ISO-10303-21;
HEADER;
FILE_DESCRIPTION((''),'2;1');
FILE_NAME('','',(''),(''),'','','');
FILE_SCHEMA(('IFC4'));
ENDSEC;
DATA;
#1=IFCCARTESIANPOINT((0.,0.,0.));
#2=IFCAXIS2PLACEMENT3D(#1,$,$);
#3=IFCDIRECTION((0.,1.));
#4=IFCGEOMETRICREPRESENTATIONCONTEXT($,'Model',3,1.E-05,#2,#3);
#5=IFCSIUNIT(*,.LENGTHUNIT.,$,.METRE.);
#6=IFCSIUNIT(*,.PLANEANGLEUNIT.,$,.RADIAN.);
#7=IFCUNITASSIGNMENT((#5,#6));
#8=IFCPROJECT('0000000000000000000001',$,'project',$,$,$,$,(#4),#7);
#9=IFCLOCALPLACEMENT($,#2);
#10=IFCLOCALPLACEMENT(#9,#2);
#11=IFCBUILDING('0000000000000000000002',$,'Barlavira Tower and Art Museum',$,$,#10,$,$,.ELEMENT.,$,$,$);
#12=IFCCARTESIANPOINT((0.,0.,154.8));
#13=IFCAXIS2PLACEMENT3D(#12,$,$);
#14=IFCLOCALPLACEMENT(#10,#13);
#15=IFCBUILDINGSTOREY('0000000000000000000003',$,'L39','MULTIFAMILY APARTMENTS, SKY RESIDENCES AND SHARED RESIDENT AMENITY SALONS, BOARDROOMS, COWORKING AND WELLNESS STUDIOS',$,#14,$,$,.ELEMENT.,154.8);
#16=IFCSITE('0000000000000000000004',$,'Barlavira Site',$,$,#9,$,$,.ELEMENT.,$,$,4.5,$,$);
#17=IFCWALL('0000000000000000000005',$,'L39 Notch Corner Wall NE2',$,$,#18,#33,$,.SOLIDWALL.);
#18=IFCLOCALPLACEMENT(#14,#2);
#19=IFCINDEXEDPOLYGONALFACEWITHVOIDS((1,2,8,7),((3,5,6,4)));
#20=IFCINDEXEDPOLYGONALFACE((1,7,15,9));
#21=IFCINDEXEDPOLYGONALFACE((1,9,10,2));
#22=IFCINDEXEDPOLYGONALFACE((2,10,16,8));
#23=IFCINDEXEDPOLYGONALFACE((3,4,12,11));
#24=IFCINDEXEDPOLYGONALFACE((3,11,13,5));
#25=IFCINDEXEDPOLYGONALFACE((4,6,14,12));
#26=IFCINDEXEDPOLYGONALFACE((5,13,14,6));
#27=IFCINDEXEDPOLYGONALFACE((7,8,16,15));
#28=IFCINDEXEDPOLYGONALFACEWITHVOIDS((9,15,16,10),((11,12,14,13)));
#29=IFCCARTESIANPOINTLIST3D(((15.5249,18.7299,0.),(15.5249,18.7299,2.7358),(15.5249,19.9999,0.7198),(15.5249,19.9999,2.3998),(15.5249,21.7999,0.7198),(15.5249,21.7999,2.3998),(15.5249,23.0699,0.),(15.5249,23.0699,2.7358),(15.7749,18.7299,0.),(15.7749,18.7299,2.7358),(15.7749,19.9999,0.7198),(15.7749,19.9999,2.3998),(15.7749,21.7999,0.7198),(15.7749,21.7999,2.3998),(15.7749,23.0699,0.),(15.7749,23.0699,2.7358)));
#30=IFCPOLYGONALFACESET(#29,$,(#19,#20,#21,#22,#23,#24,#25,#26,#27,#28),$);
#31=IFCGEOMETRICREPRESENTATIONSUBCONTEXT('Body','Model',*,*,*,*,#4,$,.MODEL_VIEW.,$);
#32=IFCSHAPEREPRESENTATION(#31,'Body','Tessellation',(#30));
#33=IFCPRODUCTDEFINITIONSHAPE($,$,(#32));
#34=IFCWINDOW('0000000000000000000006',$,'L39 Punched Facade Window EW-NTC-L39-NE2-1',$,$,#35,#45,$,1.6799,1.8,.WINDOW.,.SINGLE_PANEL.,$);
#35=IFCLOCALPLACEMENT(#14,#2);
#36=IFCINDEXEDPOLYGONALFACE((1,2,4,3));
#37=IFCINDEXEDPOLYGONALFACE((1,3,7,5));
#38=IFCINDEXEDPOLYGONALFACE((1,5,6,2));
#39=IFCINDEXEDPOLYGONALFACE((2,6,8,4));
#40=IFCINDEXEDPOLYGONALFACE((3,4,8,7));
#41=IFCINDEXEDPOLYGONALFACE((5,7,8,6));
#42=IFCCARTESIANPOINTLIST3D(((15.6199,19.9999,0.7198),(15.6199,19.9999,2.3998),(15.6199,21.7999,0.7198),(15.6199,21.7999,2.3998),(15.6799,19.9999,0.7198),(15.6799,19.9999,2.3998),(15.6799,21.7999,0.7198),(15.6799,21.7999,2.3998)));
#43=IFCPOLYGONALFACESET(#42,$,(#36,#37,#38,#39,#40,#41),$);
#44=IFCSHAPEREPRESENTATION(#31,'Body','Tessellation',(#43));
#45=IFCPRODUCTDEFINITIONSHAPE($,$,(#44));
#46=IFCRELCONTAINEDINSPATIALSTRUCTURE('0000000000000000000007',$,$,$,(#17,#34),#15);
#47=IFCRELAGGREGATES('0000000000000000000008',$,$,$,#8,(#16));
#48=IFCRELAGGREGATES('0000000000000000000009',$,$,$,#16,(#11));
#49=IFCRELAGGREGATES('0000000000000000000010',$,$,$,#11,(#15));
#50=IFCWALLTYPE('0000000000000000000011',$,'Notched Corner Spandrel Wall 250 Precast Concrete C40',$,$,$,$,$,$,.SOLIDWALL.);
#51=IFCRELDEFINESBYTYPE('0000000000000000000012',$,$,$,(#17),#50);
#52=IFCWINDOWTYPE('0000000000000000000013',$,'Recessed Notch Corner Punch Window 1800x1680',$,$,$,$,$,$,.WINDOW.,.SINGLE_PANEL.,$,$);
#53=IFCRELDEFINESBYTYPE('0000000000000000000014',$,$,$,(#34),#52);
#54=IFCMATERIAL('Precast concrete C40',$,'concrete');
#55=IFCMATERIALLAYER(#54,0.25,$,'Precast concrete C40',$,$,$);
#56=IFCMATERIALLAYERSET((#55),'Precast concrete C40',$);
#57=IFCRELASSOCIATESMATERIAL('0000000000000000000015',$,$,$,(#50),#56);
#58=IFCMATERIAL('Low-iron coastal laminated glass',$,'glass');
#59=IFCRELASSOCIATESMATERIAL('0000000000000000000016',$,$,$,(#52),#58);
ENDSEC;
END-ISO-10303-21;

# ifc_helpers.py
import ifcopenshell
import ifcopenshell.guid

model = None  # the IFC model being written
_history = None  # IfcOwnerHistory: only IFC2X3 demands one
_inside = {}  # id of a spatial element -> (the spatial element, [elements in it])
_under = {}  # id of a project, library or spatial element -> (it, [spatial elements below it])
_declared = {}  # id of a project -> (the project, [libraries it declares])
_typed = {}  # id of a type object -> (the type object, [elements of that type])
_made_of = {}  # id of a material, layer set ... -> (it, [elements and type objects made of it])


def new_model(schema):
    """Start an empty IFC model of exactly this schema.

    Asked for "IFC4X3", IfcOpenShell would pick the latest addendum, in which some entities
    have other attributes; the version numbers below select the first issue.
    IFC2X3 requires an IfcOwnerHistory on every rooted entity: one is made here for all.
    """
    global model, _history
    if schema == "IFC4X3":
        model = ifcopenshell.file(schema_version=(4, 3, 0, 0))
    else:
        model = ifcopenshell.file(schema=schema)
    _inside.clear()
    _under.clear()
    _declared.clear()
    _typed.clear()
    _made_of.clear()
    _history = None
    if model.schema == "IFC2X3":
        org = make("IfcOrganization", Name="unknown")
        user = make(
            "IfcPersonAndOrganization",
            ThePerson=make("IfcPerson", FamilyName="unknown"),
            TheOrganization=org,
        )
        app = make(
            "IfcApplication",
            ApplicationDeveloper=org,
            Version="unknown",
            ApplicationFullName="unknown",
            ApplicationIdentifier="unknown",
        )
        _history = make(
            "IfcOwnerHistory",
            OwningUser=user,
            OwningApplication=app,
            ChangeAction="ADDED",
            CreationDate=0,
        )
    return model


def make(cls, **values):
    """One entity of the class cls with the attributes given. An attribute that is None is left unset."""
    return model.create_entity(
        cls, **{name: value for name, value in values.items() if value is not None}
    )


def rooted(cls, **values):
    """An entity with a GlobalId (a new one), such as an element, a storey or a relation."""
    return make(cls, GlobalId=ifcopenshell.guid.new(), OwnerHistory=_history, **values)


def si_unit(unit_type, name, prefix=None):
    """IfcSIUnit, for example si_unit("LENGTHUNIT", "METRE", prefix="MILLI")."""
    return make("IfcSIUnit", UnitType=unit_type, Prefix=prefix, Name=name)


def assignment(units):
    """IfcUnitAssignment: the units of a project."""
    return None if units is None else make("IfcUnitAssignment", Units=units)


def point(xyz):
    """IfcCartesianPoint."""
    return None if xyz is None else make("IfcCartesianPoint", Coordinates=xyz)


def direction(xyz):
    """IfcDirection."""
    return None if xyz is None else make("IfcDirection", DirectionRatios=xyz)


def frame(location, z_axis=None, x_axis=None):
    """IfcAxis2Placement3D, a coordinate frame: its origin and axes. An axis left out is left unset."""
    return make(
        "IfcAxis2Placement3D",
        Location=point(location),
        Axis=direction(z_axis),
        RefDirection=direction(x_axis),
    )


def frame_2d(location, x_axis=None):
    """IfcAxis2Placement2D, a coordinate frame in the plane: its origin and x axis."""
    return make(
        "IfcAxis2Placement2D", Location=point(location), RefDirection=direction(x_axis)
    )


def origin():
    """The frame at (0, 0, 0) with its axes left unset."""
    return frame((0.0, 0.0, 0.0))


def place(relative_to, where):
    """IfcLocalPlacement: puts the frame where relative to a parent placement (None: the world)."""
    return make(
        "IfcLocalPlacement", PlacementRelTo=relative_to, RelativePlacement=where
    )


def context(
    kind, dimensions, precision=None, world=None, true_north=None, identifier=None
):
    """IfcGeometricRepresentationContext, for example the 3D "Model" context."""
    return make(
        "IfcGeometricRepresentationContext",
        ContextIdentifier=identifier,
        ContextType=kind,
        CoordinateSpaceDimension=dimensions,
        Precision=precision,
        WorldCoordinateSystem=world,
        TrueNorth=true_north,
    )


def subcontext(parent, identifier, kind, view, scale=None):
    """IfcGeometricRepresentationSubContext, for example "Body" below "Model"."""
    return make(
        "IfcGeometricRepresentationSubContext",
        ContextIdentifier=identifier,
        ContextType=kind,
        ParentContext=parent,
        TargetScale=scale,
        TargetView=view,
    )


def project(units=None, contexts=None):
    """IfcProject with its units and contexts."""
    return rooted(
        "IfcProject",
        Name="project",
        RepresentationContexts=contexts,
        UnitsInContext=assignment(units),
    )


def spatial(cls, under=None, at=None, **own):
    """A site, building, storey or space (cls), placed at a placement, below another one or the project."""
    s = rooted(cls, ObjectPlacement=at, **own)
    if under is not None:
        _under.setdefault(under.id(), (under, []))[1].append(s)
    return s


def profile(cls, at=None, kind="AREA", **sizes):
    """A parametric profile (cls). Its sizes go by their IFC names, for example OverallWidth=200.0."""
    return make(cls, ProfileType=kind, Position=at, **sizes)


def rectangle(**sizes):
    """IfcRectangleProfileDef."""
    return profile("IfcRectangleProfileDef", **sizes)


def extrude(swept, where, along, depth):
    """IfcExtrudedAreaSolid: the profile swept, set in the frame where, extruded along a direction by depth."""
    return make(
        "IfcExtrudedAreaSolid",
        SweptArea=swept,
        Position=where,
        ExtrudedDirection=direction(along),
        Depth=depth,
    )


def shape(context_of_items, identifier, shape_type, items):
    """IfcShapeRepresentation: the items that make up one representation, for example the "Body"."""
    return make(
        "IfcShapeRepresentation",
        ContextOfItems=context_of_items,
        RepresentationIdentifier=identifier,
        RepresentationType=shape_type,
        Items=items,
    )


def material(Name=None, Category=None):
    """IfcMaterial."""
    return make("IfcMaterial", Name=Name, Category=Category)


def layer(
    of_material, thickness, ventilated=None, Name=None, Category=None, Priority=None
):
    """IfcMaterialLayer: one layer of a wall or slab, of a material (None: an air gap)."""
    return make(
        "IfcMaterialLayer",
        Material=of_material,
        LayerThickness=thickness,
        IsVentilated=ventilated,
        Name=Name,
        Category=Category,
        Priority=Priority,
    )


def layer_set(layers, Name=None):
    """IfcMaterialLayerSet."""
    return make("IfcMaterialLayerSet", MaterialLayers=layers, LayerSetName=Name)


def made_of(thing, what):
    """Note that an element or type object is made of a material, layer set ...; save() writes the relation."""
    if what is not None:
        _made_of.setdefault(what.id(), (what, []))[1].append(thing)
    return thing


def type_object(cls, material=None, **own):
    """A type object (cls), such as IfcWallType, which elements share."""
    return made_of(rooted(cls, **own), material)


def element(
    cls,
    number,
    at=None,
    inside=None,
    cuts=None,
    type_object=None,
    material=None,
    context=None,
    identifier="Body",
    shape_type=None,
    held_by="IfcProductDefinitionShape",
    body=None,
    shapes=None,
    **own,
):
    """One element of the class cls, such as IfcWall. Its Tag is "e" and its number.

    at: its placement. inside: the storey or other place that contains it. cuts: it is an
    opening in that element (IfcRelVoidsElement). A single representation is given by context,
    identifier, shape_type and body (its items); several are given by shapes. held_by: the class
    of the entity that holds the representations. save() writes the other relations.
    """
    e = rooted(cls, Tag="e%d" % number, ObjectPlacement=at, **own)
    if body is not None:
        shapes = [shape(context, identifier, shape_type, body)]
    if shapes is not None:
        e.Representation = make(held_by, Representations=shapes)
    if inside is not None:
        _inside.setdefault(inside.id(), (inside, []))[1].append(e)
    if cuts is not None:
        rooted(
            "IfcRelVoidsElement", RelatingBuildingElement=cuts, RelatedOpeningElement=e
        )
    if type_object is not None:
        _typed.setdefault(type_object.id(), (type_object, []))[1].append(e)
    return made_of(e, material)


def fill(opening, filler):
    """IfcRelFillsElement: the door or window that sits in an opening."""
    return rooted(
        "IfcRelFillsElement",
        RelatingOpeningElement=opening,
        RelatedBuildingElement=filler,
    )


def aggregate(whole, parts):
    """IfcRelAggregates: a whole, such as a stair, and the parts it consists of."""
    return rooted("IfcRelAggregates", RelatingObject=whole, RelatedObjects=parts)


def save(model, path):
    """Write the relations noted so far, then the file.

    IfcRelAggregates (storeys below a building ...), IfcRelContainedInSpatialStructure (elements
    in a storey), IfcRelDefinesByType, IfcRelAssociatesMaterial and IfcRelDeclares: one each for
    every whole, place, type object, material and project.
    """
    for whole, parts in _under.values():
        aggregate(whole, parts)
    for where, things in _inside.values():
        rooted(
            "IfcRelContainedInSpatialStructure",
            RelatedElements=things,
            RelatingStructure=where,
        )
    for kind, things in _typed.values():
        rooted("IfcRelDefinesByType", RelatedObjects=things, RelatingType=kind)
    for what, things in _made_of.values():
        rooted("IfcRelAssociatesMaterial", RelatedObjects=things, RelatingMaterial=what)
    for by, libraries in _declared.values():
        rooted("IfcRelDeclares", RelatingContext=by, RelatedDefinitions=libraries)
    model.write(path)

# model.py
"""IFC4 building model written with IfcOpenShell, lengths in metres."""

from ifc_helpers import new_model, si_unit, direction, frame, frame_2d, origin, place, context, subcontext, project, spatial, rectangle, extrude, material, layer, layer_set, type_object, element, fill, save


model = new_model("IFC4")

# Units and contexts
model_context = context("Model", 3, precision=1e-05, world=origin(), true_north=direction((0.0, 1.0)))
body_context = subcontext(model_context, "Body", "Model", "MODEL_VIEW")
ifc_project = project(units=[si_unit("LENGTHUNIT", "METRE"), si_unit("PLANEANGLEUNIT", "RADIAN")], contexts=[model_context])

# Site, building, storey
site_placement = place(None, origin())
site = spatial("IfcSite", under=ifc_project, at=site_placement, Name="Barlavira Site", CompositionType="ELEMENT", RefElevation=4.5)
building_placement = place(site_placement, origin())
building = spatial("IfcBuilding", under=site, at=building_placement, Name="Barlavira Tower and Art Museum", CompositionType="ELEMENT")
storey_placement = place(building_placement, frame((0.0, 0.0, 154.8)))
storey = spatial("IfcBuildingStorey", under=building, at=storey_placement, Name="L39", Description="MULTIFAMILY APARTMENTS, SKY RESIDENCES AND SHARED RESIDENT AMENITY SALONS, BOARDROOMS, COWORKING AND WELLNESS STUDIOS", CompositionType="ELEMENT", Elevation=154.8)

# Wall, opening, window
ifc_material_1 = material(Name="Precast concrete C40", Category="concrete")
ifc_layer_1 = layer(ifc_material_1, 0.25, Name="Precast concrete C40")
ifc_layer_set_1 = layer_set([ifc_layer_1], Name="Precast concrete C40")
wall_type_1 = type_object("IfcWallType", Name="Notched Corner Spandrel Wall 250 Precast Concrete C40", PredefinedType="SOLIDWALL", material=ifc_layer_set_1)
ifc_material_2 = material(Name="Low-iron coastal laminated glass", Category="glass")
window_type = type_object("IfcWindowType", Name="Recessed Notch Corner Punch Window 1800x1680", PartitioningType="SINGLE_PANEL", PredefinedType="WINDOW", material=ifc_material_2)
wall_1_placement = place(storey_placement, frame((15.6499, 18.73, 0.0), z_axis=(0.0, 0.0, 1.0), x_axis=(0.0, 1.0, 0.0)))
wall_1 = element("IfcWall", 1, at=wall_1_placement, inside=storey, type_object=wall_type_1, Name="L39 Notch Corner Wall NE2", PredefinedType="SOLIDWALL", context=body_context, shape_type="SweptSolid", body=[
    extrude(rectangle(XDim=4.3401, YDim=0.25, at=frame_2d((2.1699, 0.0))), origin(), (0.0, 0.0, 1.0), 2.7358),
])
opening_1_placement = place(wall_1_placement, frame((1.27, 0.0, 0.72)))
opening_1 = element("IfcOpeningElement", 2, at=opening_1_placement, cuts=wall_1, PredefinedType="OPENING", context=body_context, shape_type="SweptSolid", body=[
    extrude(rectangle(XDim=1.8, YDim=1.6799, at=frame_2d((0.8999, 0.8398))), frame((0.0, 0.135, 0.0), z_axis=(0.0, -1.0, 0.0), x_axis=(1.0, 0.0, 0.0)), (0.0, 0.0, 1.0), 0.27),
])
window_1_placement = place(opening_1_placement, origin())
window_1 = element("IfcWindow", 3, at=window_1_placement, inside=storey, type_object=window_type, Name="L39 Punched Facade Window EW-NTC-L39-NE2-1", OverallHeight=1.6799, OverallWidth=1.8, PartitioningType="SINGLE_PANEL", PredefinedType="WINDOW", context=body_context, shape_type="SweptSolid", body=[
    extrude(rectangle(XDim=1.8, YDim=1.6799, at=frame_2d((0.8999, 0.8398))), frame((0.0, 0.03, 0.0), z_axis=(0.0, -1.0, 0.0), x_axis=(1.0, 0.0, 0.0)), (0.0, 0.0, 1.0), 0.0601),
])
fill(opening_1, window_1)

save(model, "model.ifc")
